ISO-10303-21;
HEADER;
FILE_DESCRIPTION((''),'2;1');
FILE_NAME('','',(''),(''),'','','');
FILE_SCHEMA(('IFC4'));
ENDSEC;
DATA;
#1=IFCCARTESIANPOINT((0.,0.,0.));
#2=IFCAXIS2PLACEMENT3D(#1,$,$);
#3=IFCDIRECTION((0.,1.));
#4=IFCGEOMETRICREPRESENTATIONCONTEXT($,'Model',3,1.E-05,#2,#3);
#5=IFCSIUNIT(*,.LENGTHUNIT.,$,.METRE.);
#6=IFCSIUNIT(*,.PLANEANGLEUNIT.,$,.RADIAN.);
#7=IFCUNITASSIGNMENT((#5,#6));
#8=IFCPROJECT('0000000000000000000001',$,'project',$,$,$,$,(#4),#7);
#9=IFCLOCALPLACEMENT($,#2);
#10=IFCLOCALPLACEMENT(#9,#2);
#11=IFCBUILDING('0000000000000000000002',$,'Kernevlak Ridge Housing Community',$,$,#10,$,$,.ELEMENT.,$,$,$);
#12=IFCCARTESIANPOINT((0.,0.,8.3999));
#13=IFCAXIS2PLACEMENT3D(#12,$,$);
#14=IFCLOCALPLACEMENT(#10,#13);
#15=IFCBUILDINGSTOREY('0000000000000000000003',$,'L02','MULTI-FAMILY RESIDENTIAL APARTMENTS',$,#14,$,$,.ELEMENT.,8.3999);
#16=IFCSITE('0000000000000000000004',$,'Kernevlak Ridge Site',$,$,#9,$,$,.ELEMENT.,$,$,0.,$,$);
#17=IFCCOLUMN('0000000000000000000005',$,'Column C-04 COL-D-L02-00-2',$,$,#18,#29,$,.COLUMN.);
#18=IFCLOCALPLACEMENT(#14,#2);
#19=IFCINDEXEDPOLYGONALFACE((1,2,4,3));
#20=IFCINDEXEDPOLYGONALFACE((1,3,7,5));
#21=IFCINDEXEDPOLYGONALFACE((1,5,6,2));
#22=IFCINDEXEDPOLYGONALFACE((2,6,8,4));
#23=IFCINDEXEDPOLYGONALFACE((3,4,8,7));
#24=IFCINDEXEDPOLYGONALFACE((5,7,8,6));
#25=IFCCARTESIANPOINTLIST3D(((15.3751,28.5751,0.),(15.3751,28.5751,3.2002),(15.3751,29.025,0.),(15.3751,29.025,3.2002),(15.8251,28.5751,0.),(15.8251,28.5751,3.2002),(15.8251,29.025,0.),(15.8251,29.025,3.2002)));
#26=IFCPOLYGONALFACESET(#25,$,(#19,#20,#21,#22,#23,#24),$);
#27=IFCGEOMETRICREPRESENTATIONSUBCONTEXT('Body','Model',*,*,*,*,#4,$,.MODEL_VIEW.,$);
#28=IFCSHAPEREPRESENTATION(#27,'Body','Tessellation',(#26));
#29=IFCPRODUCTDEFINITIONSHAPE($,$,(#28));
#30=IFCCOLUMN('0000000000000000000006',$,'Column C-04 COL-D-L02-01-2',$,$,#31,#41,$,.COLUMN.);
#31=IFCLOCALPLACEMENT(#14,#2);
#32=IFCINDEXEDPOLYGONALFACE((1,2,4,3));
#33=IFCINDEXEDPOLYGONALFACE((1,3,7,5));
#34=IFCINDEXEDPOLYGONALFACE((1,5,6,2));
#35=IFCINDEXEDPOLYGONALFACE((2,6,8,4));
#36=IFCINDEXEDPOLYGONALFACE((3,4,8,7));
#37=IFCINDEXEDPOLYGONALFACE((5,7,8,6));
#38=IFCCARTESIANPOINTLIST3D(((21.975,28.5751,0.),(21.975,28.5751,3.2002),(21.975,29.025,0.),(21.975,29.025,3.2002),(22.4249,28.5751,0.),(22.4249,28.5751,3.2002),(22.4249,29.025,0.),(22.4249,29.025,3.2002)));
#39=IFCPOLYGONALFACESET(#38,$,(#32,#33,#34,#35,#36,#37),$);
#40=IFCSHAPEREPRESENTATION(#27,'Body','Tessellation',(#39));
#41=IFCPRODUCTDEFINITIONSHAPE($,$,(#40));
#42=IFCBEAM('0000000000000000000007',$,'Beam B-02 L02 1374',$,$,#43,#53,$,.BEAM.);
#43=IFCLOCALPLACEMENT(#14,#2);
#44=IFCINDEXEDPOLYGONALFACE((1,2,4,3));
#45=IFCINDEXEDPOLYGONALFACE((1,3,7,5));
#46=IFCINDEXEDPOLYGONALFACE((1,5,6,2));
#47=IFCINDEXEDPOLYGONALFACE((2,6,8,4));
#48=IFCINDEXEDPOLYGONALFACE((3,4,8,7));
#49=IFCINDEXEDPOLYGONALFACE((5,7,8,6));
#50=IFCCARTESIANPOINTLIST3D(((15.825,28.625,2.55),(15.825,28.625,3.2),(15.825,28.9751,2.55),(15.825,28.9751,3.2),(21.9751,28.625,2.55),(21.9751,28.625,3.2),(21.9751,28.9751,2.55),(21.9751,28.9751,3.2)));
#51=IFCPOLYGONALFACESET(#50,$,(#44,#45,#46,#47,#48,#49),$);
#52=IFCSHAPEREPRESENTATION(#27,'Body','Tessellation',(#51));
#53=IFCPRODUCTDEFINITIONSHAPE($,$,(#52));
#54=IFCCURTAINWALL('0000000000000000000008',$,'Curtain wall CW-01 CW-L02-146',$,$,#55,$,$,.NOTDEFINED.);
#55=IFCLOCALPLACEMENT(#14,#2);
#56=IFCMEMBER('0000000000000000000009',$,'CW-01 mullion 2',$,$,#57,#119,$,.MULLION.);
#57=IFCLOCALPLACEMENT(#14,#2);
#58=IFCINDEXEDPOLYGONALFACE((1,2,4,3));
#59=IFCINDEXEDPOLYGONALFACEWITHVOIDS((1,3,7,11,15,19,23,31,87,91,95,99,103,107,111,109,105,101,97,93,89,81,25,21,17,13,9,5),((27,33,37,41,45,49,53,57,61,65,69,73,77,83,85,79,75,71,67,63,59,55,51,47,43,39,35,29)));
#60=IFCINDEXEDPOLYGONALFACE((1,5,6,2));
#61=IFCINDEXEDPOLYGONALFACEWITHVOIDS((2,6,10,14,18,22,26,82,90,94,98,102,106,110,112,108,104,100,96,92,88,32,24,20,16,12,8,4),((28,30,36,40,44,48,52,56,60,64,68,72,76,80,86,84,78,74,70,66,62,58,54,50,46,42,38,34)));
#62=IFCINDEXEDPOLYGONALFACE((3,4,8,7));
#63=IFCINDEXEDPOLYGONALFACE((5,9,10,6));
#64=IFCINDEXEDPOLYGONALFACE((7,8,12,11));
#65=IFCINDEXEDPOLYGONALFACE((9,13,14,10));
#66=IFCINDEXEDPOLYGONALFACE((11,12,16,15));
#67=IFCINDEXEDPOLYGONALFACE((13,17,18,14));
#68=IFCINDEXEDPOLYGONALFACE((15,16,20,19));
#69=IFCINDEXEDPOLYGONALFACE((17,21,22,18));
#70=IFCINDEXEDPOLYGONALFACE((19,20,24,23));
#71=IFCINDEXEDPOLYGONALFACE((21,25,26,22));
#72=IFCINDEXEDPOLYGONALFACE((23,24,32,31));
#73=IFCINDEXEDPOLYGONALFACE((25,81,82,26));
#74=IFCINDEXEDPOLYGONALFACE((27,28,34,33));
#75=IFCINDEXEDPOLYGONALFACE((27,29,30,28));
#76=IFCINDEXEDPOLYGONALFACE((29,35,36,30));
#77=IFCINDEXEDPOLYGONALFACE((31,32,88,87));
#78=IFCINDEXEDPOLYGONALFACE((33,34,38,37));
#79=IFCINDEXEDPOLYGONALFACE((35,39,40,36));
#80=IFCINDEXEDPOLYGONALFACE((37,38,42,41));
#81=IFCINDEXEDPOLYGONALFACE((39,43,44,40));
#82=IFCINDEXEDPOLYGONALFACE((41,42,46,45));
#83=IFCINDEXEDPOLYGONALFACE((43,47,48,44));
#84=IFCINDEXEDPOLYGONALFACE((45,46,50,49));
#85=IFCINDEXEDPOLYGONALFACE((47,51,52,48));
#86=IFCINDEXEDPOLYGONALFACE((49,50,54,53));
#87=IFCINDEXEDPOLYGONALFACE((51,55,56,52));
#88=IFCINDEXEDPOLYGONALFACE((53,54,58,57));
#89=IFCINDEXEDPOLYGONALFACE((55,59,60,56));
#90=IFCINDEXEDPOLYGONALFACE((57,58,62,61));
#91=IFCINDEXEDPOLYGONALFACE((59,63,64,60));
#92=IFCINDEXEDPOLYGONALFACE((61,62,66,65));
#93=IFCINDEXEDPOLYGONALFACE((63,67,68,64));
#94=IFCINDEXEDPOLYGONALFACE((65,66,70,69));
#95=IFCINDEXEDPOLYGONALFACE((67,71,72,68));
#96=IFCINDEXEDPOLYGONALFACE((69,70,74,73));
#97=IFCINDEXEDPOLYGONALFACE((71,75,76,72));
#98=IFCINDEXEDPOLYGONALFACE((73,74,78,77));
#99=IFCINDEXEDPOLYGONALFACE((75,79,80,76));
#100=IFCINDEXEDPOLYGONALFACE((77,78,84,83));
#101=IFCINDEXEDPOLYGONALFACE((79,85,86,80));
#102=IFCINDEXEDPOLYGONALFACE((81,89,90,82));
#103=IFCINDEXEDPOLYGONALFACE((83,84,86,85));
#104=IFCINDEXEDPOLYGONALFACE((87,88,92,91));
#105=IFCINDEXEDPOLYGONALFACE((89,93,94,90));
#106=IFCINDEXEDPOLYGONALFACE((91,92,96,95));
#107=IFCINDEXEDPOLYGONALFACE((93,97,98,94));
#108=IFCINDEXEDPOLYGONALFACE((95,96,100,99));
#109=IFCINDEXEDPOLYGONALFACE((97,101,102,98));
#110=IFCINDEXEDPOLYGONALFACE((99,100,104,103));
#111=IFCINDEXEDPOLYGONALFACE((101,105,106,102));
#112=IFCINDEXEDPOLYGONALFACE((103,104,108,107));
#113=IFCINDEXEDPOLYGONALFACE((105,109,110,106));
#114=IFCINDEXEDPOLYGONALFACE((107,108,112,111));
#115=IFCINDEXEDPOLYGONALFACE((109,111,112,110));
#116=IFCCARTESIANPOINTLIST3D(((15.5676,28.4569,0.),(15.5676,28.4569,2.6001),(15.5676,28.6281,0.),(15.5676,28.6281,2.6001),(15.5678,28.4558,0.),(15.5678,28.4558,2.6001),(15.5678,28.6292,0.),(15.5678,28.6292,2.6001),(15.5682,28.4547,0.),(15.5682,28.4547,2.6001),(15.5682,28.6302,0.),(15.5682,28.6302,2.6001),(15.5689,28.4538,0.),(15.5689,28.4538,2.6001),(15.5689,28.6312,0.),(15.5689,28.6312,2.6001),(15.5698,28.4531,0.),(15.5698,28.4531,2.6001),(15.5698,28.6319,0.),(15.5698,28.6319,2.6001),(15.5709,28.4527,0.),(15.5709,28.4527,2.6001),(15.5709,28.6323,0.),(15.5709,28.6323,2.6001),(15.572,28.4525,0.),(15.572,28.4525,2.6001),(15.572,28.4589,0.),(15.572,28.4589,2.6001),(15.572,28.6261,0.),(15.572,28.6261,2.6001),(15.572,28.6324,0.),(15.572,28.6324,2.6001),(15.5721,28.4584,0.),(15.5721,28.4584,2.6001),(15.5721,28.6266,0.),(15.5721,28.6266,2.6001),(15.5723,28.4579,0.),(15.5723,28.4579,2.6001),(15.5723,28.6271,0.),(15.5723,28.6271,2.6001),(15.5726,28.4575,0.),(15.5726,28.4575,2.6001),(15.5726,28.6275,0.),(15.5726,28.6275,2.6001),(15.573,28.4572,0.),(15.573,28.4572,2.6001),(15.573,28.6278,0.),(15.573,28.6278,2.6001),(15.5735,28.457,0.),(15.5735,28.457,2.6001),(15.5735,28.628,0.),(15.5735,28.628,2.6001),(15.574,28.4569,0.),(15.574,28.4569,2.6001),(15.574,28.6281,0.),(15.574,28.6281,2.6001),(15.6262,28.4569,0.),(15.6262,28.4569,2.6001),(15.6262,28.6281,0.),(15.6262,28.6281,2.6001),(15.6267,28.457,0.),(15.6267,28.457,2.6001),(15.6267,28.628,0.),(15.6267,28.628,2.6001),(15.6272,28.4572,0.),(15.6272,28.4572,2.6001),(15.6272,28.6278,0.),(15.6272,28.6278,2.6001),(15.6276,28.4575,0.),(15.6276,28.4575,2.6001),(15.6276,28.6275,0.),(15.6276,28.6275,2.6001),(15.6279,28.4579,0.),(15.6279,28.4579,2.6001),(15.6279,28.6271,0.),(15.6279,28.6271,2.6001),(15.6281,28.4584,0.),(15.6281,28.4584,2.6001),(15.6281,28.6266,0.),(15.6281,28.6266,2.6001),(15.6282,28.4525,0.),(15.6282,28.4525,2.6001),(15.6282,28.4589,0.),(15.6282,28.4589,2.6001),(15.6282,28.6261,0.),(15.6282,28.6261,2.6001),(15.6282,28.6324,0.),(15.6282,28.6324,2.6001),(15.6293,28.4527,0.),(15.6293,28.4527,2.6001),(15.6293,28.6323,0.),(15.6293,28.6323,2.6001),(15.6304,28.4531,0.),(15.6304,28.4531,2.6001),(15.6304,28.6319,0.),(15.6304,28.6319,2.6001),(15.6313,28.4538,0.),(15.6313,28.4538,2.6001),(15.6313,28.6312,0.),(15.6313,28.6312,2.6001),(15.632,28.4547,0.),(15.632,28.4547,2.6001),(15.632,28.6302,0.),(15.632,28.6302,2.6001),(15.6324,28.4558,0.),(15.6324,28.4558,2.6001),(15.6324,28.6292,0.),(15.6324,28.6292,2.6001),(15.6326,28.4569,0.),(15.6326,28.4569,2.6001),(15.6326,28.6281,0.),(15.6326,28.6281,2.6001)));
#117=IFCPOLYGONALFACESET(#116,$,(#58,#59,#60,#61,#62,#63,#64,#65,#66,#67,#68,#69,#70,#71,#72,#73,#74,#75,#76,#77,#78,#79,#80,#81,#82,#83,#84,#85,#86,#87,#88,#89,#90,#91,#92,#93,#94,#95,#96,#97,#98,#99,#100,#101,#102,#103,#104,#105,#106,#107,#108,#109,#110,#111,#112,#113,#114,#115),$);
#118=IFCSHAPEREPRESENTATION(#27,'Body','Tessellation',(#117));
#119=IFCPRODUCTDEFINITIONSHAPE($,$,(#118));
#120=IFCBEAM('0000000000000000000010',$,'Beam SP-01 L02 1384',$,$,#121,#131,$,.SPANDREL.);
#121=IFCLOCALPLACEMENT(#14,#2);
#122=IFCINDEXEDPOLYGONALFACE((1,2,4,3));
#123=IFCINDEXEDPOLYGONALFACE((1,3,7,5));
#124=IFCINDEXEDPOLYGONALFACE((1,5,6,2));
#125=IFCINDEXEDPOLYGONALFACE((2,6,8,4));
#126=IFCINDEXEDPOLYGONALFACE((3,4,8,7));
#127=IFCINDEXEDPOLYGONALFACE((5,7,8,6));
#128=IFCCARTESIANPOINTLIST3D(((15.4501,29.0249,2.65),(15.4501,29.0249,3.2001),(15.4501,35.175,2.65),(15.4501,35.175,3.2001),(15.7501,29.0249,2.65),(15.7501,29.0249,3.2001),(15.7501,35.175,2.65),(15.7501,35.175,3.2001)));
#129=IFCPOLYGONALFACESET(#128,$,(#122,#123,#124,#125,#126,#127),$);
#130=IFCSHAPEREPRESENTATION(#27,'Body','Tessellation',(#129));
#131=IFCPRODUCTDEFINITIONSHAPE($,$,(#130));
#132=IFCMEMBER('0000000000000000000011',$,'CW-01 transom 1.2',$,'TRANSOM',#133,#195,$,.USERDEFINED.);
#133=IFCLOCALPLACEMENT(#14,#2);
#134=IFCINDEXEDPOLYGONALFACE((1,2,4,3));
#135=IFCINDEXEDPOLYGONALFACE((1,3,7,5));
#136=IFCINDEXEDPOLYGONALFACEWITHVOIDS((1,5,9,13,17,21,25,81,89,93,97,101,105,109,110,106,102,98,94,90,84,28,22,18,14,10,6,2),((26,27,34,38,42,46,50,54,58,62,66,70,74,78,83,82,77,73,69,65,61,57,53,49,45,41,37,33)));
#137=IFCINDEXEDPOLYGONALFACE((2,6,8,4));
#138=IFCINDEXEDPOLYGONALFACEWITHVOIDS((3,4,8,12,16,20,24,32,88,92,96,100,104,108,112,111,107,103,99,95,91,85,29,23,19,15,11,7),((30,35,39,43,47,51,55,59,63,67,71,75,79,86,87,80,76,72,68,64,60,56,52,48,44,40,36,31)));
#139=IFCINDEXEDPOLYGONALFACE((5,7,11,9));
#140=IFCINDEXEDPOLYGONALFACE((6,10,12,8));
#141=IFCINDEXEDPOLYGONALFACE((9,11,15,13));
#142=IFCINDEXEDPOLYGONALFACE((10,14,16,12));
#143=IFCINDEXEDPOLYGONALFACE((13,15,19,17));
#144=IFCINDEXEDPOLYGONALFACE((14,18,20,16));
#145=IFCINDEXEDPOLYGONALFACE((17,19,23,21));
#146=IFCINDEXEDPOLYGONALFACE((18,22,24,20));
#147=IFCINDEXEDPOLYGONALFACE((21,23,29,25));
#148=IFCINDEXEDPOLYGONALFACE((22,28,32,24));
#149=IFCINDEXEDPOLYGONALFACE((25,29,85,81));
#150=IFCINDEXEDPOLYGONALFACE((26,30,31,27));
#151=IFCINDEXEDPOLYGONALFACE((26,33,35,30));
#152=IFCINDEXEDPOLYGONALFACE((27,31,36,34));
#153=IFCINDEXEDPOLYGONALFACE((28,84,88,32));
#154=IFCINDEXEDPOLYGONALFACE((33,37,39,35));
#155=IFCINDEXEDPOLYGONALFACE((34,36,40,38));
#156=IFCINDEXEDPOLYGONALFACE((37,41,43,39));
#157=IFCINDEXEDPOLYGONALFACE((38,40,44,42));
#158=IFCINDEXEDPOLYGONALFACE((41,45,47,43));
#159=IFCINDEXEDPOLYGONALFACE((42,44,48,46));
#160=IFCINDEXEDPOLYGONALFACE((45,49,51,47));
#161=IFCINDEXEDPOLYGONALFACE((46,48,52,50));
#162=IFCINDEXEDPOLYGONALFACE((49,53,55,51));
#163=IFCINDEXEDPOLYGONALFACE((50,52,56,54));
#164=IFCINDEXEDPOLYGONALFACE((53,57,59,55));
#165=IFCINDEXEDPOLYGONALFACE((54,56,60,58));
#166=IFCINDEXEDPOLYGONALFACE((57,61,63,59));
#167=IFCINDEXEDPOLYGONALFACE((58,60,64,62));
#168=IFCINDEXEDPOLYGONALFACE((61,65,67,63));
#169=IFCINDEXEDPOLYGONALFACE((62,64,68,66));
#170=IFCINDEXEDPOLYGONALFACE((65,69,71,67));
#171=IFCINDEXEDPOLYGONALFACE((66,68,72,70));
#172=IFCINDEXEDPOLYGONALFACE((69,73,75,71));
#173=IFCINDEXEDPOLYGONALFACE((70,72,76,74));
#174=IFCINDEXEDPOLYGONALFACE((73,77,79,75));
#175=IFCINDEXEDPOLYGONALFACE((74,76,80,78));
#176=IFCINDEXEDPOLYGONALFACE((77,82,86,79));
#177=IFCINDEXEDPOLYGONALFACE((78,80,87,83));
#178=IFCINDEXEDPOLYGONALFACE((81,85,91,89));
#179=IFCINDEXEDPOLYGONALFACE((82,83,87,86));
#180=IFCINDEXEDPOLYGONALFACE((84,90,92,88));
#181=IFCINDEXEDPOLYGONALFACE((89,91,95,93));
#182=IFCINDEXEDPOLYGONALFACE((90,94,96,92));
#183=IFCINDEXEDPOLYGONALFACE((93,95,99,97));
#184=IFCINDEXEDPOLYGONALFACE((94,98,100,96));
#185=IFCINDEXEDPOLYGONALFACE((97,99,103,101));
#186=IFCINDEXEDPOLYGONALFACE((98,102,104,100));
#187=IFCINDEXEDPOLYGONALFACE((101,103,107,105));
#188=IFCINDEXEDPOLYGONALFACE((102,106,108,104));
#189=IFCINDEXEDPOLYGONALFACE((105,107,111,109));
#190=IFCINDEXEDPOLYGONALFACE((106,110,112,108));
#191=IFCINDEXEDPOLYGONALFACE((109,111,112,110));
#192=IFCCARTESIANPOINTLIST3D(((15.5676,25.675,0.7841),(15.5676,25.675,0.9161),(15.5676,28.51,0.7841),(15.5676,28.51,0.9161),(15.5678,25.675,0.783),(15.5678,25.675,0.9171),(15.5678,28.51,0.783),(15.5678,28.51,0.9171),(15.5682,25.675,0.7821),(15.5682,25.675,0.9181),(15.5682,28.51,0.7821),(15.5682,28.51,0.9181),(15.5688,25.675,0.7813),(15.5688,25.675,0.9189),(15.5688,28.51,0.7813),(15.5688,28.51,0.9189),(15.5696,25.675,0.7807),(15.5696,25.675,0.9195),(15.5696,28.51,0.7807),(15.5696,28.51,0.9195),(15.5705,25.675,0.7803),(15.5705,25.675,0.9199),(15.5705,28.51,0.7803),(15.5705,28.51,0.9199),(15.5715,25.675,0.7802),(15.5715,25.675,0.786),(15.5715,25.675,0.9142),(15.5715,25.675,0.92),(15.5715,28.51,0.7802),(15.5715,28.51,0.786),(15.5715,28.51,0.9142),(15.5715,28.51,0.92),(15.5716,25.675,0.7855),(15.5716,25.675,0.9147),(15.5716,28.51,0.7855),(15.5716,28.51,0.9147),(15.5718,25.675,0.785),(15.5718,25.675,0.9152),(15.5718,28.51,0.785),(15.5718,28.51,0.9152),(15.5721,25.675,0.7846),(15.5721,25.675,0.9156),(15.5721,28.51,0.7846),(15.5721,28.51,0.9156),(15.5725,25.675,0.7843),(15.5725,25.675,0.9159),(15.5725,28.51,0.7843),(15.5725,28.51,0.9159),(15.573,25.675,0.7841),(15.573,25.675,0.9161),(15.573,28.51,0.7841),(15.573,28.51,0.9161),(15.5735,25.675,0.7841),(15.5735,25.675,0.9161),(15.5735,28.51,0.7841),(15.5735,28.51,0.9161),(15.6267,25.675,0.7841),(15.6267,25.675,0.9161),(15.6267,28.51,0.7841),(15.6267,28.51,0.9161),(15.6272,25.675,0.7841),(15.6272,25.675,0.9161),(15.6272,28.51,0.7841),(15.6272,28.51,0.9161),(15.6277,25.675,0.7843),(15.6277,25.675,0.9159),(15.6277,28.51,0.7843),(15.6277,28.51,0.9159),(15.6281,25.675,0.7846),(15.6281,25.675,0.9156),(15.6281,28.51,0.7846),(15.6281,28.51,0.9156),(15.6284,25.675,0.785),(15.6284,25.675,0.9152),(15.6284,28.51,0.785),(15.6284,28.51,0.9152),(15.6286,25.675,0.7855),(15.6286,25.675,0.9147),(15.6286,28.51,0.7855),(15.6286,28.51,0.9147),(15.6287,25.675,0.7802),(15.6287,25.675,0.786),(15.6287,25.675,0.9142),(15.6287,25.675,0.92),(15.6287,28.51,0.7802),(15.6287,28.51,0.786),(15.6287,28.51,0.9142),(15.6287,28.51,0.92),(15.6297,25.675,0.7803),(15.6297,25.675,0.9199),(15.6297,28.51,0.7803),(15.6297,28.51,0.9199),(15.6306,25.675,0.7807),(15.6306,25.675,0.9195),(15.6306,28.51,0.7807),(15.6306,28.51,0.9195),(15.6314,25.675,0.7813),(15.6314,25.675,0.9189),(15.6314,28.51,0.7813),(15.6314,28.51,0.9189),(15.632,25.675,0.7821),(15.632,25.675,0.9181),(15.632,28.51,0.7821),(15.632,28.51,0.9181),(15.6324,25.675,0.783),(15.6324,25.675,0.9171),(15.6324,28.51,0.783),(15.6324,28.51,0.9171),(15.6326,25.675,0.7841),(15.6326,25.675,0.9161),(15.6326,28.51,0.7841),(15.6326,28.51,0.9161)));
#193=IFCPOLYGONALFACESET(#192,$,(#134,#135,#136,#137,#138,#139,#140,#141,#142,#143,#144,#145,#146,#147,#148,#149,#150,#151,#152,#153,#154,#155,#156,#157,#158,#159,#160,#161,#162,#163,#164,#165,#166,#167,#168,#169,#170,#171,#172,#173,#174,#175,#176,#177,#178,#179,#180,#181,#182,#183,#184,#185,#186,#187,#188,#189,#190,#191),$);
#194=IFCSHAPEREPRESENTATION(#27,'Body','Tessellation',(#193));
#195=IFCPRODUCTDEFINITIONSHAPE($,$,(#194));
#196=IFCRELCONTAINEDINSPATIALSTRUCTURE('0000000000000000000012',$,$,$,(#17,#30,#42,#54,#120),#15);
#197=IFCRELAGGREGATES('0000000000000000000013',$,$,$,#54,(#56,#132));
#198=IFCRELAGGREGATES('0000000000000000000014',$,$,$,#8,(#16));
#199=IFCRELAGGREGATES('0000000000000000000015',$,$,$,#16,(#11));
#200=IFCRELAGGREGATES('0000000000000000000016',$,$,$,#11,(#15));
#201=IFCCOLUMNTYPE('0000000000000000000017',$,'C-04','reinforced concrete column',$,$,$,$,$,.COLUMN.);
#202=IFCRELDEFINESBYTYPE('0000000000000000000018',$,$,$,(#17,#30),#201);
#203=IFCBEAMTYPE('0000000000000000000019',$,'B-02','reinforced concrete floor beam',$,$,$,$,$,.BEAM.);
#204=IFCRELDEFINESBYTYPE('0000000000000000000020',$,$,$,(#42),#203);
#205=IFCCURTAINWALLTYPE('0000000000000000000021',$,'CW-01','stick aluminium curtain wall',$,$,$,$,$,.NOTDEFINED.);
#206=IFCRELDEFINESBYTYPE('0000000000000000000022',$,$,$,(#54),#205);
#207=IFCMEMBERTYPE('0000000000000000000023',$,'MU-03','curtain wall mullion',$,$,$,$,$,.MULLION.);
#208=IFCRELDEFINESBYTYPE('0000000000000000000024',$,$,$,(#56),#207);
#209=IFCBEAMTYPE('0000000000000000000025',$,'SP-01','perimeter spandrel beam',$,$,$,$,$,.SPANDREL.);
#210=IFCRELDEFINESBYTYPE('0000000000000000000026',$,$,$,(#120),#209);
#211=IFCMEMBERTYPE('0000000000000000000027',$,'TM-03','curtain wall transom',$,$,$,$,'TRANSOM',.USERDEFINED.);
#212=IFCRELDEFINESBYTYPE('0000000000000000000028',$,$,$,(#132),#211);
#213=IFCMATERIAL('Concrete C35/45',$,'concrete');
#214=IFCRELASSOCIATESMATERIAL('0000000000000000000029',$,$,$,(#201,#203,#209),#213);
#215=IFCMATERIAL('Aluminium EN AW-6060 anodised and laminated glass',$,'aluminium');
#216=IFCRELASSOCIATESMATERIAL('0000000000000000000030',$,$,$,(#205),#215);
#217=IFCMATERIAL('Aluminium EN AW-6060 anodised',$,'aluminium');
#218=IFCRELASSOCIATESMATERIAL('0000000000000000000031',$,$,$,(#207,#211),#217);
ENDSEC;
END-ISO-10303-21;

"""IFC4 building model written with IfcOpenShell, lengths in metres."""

from ifc_helpers import new_model, si_unit, direction, frame, origin, origin_2d, place, context, subcontext, project, spatial, rectangle, hollow_rectangle, extrude, material, material_profile, profile_set, type_object, element, aggregate, save


model = new_model("IFC4")

# Units and contexts
model_context = context("Model", 3, precision=1e-05, world=origin(), true_north=direction((0.0, 1.0)))
body_context = subcontext(model_context, "Body", "Model", "MODEL_VIEW")
ifc_project = project(units=[si_unit("LENGTHUNIT", "METRE"), si_unit("PLANEANGLEUNIT", "RADIAN")], contexts=[model_context])

# Site, building, storey
site_placement = place(None, origin())
site = spatial("IfcSite", under=ifc_project, at=site_placement, Name="Kernevlak Ridge Site", CompositionType="ELEMENT", RefElevation=0.0)
building_placement = place(site_placement, origin())
building = spatial("IfcBuilding", under=site, at=building_placement, Name="Kernevlak Ridge Housing Community", CompositionType="ELEMENT")
storey_placement = place(building_placement, frame((0.0, 0.0, 8.3999)))
storey = spatial("IfcBuildingStorey", under=building, at=storey_placement, Name="L02", Description="MULTI-FAMILY RESIDENTIAL APARTMENTS", CompositionType="ELEMENT", Elevation=8.3999)

# Columns
ifc_material_1 = material(Name="Concrete C35/45", Category="concrete")
ifc_material_profile_1 = material_profile(ifc_material_1, rectangle(XDim=0.45, YDim=0.45, at=origin_2d()), Name="RC 450x450")
ifc_profile_set_1 = profile_set([ifc_material_profile_1], Name="Concrete C35/45")
column_type = type_object("IfcColumnType", Name="C-04", Description="reinforced concrete column", PredefinedType="COLUMN", material=ifc_profile_set_1)
for number, where, z_axis, x_axis, name in (
    (1, (15.6001, 28.8, 0.0), (0.0, 0.0, 1.0), (1.0, 0.0, 0.0), "Column C-04 COL-D-L02-00-2"),
    (2, (22.2, 28.8, 0.0), (0.0, 0.0, 1.0), (1.0, 0.0, 0.0), "Column C-04 COL-D-L02-01-2"),
):
    element("IfcColumn", number, at=place(storey_placement, frame(where, z_axis=z_axis, x_axis=x_axis)), inside=storey, type_object=column_type, Name=name, PredefinedType="COLUMN", context=body_context, shape_type="SweptSolid", body=[
        extrude(rectangle(XDim=0.45, YDim=0.45, at=origin_2d()), origin(), (0.0, 0.0, 1.0), 3.2002),
    ])

# Beam
ifc_material_profile_2 = material_profile(ifc_material_1, rectangle(XDim=0.3501, YDim=0.6499, at=origin_2d()), Name="RC 350x650")
ifc_profile_set_2 = profile_set([ifc_material_profile_2], Name="Concrete C35/45")
beam_type_1 = type_object("IfcBeamType", Name="B-02", Description="reinforced concrete floor beam", PredefinedType="BEAM", material=ifc_profile_set_2)
beam_1_placement = place(storey_placement, frame((15.825, 28.8, 2.875), z_axis=(1.0, 0.0, 0.0), x_axis=(0.0, 1.0, 0.0)))
element("IfcBeam", 3, at=beam_1_placement, inside=storey, type_object=beam_type_1, Name="Beam B-02 L02 1374", PredefinedType="BEAM", context=body_context, shape_type="SweptSolid", body=[
    extrude(rectangle(XDim=0.3501, YDim=0.6499, at=origin_2d()), origin(), (0.0, 0.0, 1.0), 6.1501),
])

# Curtain wall, member
ifc_material_2 = material(Name="Aluminium EN AW-6060 anodised and laminated glass", Category="aluminium")
curtain_wall_type = type_object("IfcCurtainWallType", Name="CW-01", Description="stick aluminium curtain wall", PredefinedType="NOTDEFINED", material=ifc_material_2)
curtain_wall_placement = place(storey_placement, origin())
curtain_wall = element("IfcCurtainWall", 4, at=curtain_wall_placement, inside=storey, type_object=curtain_wall_type, Name="Curtain wall CW-01 CW-L02-146", PredefinedType="NOTDEFINED")
ifc_material_3 = material(Name="Aluminium EN AW-6060 anodised", Category="aluminium")
ifc_material_profile_3 = material_profile(ifc_material_3, hollow_rectangle(XDim=0.0649, YDim=0.1799, WallThickness=0.0044, InnerFilletRadius=0.002, OuterFilletRadius=0.0044, at=origin_2d()), Name="ALU 65x180x4.5")
ifc_profile_set_3 = profile_set([ifc_material_profile_3], Name="Aluminium EN AW-6060 anodised")
member_type_1 = type_object("IfcMemberType", Name="MU-03", Description="curtain wall mullion", PredefinedType="MULLION", material=ifc_profile_set_3)
member_1_placement = place(storey_placement, frame((15.6001, 28.5425, 0.0), z_axis=(0.0, 0.0, 1.0), x_axis=(-1.0, 0.0, 0.0)))
member_1 = element("IfcMember", 5, at=member_1_placement, type_object=member_type_1, Name="CW-01 mullion 2", PredefinedType="MULLION", context=body_context, shape_type="SweptSolid", body=[
    extrude(hollow_rectangle(XDim=0.0649, YDim=0.1799, WallThickness=0.0044, InnerFilletRadius=0.002, OuterFilletRadius=0.0044, at=origin_2d()), origin(), (0.0, 0.0, 1.0), 2.6001),
])

# Beam
ifc_material_profile_4 = material_profile(ifc_material_1, rectangle(XDim=0.3, YDim=0.55, at=origin_2d()), Name="RC 300x550")
ifc_profile_set_4 = profile_set([ifc_material_profile_4], Name="Concrete C35/45")
beam_type_2 = type_object("IfcBeamType", Name="SP-01", Description="perimeter spandrel beam", PredefinedType="SPANDREL", material=ifc_profile_set_4)
beam_2_placement = place(storey_placement, frame((15.6001, 29.0249, 2.925), z_axis=(0.0, 1.0, 0.0), x_axis=(-1.0, 0.0, 0.0)))
element("IfcBeam", 6, at=beam_2_placement, inside=storey, type_object=beam_type_2, Name="Beam SP-01 L02 1384", PredefinedType="SPANDREL", context=body_context, shape_type="SweptSolid", body=[
    extrude(rectangle(XDim=0.3, YDim=0.55, at=origin_2d()), origin(), (0.0, 0.0, 1.0), 6.1501),
])

# Member
ifc_material_profile_5 = material_profile(ifc_material_3, hollow_rectangle(XDim=0.0649, YDim=0.1399, WallThickness=0.0039, InnerFilletRadius=0.002, OuterFilletRadius=0.0039, at=origin_2d()), Name="ALU 65x140x4")
ifc_profile_set_5 = profile_set([ifc_material_profile_5], Name="Aluminium EN AW-6060 anodised")
member_type_2 = type_object("IfcMemberType", Name="TM-03", Description="curtain wall transom", ElementType="TRANSOM", PredefinedType="USERDEFINED", material=ifc_profile_set_5)
member_2_placement = place(storey_placement, frame((15.6001, 25.675, 0.8501), z_axis=(0.0, 1.0, 0.0), x_axis=(-1.0, 0.0, 0.0)))
member_2 = element("IfcMember", 7, at=member_2_placement, type_object=member_type_2, Name="CW-01 transom 1.2", ObjectType="TRANSOM", PredefinedType="USERDEFINED", context=body_context, shape_type="SweptSolid", body=[
    extrude(hollow_rectangle(XDim=0.0649, YDim=0.1399, WallThickness=0.0039, InnerFilletRadius=0.002, OuterFilletRadius=0.0039, at=origin_2d()), origin(), (0.0, 0.0, 1.0), 2.835),
])

aggregate(curtain_wall, [member_1, member_2])

save(model, "model.ifc")
